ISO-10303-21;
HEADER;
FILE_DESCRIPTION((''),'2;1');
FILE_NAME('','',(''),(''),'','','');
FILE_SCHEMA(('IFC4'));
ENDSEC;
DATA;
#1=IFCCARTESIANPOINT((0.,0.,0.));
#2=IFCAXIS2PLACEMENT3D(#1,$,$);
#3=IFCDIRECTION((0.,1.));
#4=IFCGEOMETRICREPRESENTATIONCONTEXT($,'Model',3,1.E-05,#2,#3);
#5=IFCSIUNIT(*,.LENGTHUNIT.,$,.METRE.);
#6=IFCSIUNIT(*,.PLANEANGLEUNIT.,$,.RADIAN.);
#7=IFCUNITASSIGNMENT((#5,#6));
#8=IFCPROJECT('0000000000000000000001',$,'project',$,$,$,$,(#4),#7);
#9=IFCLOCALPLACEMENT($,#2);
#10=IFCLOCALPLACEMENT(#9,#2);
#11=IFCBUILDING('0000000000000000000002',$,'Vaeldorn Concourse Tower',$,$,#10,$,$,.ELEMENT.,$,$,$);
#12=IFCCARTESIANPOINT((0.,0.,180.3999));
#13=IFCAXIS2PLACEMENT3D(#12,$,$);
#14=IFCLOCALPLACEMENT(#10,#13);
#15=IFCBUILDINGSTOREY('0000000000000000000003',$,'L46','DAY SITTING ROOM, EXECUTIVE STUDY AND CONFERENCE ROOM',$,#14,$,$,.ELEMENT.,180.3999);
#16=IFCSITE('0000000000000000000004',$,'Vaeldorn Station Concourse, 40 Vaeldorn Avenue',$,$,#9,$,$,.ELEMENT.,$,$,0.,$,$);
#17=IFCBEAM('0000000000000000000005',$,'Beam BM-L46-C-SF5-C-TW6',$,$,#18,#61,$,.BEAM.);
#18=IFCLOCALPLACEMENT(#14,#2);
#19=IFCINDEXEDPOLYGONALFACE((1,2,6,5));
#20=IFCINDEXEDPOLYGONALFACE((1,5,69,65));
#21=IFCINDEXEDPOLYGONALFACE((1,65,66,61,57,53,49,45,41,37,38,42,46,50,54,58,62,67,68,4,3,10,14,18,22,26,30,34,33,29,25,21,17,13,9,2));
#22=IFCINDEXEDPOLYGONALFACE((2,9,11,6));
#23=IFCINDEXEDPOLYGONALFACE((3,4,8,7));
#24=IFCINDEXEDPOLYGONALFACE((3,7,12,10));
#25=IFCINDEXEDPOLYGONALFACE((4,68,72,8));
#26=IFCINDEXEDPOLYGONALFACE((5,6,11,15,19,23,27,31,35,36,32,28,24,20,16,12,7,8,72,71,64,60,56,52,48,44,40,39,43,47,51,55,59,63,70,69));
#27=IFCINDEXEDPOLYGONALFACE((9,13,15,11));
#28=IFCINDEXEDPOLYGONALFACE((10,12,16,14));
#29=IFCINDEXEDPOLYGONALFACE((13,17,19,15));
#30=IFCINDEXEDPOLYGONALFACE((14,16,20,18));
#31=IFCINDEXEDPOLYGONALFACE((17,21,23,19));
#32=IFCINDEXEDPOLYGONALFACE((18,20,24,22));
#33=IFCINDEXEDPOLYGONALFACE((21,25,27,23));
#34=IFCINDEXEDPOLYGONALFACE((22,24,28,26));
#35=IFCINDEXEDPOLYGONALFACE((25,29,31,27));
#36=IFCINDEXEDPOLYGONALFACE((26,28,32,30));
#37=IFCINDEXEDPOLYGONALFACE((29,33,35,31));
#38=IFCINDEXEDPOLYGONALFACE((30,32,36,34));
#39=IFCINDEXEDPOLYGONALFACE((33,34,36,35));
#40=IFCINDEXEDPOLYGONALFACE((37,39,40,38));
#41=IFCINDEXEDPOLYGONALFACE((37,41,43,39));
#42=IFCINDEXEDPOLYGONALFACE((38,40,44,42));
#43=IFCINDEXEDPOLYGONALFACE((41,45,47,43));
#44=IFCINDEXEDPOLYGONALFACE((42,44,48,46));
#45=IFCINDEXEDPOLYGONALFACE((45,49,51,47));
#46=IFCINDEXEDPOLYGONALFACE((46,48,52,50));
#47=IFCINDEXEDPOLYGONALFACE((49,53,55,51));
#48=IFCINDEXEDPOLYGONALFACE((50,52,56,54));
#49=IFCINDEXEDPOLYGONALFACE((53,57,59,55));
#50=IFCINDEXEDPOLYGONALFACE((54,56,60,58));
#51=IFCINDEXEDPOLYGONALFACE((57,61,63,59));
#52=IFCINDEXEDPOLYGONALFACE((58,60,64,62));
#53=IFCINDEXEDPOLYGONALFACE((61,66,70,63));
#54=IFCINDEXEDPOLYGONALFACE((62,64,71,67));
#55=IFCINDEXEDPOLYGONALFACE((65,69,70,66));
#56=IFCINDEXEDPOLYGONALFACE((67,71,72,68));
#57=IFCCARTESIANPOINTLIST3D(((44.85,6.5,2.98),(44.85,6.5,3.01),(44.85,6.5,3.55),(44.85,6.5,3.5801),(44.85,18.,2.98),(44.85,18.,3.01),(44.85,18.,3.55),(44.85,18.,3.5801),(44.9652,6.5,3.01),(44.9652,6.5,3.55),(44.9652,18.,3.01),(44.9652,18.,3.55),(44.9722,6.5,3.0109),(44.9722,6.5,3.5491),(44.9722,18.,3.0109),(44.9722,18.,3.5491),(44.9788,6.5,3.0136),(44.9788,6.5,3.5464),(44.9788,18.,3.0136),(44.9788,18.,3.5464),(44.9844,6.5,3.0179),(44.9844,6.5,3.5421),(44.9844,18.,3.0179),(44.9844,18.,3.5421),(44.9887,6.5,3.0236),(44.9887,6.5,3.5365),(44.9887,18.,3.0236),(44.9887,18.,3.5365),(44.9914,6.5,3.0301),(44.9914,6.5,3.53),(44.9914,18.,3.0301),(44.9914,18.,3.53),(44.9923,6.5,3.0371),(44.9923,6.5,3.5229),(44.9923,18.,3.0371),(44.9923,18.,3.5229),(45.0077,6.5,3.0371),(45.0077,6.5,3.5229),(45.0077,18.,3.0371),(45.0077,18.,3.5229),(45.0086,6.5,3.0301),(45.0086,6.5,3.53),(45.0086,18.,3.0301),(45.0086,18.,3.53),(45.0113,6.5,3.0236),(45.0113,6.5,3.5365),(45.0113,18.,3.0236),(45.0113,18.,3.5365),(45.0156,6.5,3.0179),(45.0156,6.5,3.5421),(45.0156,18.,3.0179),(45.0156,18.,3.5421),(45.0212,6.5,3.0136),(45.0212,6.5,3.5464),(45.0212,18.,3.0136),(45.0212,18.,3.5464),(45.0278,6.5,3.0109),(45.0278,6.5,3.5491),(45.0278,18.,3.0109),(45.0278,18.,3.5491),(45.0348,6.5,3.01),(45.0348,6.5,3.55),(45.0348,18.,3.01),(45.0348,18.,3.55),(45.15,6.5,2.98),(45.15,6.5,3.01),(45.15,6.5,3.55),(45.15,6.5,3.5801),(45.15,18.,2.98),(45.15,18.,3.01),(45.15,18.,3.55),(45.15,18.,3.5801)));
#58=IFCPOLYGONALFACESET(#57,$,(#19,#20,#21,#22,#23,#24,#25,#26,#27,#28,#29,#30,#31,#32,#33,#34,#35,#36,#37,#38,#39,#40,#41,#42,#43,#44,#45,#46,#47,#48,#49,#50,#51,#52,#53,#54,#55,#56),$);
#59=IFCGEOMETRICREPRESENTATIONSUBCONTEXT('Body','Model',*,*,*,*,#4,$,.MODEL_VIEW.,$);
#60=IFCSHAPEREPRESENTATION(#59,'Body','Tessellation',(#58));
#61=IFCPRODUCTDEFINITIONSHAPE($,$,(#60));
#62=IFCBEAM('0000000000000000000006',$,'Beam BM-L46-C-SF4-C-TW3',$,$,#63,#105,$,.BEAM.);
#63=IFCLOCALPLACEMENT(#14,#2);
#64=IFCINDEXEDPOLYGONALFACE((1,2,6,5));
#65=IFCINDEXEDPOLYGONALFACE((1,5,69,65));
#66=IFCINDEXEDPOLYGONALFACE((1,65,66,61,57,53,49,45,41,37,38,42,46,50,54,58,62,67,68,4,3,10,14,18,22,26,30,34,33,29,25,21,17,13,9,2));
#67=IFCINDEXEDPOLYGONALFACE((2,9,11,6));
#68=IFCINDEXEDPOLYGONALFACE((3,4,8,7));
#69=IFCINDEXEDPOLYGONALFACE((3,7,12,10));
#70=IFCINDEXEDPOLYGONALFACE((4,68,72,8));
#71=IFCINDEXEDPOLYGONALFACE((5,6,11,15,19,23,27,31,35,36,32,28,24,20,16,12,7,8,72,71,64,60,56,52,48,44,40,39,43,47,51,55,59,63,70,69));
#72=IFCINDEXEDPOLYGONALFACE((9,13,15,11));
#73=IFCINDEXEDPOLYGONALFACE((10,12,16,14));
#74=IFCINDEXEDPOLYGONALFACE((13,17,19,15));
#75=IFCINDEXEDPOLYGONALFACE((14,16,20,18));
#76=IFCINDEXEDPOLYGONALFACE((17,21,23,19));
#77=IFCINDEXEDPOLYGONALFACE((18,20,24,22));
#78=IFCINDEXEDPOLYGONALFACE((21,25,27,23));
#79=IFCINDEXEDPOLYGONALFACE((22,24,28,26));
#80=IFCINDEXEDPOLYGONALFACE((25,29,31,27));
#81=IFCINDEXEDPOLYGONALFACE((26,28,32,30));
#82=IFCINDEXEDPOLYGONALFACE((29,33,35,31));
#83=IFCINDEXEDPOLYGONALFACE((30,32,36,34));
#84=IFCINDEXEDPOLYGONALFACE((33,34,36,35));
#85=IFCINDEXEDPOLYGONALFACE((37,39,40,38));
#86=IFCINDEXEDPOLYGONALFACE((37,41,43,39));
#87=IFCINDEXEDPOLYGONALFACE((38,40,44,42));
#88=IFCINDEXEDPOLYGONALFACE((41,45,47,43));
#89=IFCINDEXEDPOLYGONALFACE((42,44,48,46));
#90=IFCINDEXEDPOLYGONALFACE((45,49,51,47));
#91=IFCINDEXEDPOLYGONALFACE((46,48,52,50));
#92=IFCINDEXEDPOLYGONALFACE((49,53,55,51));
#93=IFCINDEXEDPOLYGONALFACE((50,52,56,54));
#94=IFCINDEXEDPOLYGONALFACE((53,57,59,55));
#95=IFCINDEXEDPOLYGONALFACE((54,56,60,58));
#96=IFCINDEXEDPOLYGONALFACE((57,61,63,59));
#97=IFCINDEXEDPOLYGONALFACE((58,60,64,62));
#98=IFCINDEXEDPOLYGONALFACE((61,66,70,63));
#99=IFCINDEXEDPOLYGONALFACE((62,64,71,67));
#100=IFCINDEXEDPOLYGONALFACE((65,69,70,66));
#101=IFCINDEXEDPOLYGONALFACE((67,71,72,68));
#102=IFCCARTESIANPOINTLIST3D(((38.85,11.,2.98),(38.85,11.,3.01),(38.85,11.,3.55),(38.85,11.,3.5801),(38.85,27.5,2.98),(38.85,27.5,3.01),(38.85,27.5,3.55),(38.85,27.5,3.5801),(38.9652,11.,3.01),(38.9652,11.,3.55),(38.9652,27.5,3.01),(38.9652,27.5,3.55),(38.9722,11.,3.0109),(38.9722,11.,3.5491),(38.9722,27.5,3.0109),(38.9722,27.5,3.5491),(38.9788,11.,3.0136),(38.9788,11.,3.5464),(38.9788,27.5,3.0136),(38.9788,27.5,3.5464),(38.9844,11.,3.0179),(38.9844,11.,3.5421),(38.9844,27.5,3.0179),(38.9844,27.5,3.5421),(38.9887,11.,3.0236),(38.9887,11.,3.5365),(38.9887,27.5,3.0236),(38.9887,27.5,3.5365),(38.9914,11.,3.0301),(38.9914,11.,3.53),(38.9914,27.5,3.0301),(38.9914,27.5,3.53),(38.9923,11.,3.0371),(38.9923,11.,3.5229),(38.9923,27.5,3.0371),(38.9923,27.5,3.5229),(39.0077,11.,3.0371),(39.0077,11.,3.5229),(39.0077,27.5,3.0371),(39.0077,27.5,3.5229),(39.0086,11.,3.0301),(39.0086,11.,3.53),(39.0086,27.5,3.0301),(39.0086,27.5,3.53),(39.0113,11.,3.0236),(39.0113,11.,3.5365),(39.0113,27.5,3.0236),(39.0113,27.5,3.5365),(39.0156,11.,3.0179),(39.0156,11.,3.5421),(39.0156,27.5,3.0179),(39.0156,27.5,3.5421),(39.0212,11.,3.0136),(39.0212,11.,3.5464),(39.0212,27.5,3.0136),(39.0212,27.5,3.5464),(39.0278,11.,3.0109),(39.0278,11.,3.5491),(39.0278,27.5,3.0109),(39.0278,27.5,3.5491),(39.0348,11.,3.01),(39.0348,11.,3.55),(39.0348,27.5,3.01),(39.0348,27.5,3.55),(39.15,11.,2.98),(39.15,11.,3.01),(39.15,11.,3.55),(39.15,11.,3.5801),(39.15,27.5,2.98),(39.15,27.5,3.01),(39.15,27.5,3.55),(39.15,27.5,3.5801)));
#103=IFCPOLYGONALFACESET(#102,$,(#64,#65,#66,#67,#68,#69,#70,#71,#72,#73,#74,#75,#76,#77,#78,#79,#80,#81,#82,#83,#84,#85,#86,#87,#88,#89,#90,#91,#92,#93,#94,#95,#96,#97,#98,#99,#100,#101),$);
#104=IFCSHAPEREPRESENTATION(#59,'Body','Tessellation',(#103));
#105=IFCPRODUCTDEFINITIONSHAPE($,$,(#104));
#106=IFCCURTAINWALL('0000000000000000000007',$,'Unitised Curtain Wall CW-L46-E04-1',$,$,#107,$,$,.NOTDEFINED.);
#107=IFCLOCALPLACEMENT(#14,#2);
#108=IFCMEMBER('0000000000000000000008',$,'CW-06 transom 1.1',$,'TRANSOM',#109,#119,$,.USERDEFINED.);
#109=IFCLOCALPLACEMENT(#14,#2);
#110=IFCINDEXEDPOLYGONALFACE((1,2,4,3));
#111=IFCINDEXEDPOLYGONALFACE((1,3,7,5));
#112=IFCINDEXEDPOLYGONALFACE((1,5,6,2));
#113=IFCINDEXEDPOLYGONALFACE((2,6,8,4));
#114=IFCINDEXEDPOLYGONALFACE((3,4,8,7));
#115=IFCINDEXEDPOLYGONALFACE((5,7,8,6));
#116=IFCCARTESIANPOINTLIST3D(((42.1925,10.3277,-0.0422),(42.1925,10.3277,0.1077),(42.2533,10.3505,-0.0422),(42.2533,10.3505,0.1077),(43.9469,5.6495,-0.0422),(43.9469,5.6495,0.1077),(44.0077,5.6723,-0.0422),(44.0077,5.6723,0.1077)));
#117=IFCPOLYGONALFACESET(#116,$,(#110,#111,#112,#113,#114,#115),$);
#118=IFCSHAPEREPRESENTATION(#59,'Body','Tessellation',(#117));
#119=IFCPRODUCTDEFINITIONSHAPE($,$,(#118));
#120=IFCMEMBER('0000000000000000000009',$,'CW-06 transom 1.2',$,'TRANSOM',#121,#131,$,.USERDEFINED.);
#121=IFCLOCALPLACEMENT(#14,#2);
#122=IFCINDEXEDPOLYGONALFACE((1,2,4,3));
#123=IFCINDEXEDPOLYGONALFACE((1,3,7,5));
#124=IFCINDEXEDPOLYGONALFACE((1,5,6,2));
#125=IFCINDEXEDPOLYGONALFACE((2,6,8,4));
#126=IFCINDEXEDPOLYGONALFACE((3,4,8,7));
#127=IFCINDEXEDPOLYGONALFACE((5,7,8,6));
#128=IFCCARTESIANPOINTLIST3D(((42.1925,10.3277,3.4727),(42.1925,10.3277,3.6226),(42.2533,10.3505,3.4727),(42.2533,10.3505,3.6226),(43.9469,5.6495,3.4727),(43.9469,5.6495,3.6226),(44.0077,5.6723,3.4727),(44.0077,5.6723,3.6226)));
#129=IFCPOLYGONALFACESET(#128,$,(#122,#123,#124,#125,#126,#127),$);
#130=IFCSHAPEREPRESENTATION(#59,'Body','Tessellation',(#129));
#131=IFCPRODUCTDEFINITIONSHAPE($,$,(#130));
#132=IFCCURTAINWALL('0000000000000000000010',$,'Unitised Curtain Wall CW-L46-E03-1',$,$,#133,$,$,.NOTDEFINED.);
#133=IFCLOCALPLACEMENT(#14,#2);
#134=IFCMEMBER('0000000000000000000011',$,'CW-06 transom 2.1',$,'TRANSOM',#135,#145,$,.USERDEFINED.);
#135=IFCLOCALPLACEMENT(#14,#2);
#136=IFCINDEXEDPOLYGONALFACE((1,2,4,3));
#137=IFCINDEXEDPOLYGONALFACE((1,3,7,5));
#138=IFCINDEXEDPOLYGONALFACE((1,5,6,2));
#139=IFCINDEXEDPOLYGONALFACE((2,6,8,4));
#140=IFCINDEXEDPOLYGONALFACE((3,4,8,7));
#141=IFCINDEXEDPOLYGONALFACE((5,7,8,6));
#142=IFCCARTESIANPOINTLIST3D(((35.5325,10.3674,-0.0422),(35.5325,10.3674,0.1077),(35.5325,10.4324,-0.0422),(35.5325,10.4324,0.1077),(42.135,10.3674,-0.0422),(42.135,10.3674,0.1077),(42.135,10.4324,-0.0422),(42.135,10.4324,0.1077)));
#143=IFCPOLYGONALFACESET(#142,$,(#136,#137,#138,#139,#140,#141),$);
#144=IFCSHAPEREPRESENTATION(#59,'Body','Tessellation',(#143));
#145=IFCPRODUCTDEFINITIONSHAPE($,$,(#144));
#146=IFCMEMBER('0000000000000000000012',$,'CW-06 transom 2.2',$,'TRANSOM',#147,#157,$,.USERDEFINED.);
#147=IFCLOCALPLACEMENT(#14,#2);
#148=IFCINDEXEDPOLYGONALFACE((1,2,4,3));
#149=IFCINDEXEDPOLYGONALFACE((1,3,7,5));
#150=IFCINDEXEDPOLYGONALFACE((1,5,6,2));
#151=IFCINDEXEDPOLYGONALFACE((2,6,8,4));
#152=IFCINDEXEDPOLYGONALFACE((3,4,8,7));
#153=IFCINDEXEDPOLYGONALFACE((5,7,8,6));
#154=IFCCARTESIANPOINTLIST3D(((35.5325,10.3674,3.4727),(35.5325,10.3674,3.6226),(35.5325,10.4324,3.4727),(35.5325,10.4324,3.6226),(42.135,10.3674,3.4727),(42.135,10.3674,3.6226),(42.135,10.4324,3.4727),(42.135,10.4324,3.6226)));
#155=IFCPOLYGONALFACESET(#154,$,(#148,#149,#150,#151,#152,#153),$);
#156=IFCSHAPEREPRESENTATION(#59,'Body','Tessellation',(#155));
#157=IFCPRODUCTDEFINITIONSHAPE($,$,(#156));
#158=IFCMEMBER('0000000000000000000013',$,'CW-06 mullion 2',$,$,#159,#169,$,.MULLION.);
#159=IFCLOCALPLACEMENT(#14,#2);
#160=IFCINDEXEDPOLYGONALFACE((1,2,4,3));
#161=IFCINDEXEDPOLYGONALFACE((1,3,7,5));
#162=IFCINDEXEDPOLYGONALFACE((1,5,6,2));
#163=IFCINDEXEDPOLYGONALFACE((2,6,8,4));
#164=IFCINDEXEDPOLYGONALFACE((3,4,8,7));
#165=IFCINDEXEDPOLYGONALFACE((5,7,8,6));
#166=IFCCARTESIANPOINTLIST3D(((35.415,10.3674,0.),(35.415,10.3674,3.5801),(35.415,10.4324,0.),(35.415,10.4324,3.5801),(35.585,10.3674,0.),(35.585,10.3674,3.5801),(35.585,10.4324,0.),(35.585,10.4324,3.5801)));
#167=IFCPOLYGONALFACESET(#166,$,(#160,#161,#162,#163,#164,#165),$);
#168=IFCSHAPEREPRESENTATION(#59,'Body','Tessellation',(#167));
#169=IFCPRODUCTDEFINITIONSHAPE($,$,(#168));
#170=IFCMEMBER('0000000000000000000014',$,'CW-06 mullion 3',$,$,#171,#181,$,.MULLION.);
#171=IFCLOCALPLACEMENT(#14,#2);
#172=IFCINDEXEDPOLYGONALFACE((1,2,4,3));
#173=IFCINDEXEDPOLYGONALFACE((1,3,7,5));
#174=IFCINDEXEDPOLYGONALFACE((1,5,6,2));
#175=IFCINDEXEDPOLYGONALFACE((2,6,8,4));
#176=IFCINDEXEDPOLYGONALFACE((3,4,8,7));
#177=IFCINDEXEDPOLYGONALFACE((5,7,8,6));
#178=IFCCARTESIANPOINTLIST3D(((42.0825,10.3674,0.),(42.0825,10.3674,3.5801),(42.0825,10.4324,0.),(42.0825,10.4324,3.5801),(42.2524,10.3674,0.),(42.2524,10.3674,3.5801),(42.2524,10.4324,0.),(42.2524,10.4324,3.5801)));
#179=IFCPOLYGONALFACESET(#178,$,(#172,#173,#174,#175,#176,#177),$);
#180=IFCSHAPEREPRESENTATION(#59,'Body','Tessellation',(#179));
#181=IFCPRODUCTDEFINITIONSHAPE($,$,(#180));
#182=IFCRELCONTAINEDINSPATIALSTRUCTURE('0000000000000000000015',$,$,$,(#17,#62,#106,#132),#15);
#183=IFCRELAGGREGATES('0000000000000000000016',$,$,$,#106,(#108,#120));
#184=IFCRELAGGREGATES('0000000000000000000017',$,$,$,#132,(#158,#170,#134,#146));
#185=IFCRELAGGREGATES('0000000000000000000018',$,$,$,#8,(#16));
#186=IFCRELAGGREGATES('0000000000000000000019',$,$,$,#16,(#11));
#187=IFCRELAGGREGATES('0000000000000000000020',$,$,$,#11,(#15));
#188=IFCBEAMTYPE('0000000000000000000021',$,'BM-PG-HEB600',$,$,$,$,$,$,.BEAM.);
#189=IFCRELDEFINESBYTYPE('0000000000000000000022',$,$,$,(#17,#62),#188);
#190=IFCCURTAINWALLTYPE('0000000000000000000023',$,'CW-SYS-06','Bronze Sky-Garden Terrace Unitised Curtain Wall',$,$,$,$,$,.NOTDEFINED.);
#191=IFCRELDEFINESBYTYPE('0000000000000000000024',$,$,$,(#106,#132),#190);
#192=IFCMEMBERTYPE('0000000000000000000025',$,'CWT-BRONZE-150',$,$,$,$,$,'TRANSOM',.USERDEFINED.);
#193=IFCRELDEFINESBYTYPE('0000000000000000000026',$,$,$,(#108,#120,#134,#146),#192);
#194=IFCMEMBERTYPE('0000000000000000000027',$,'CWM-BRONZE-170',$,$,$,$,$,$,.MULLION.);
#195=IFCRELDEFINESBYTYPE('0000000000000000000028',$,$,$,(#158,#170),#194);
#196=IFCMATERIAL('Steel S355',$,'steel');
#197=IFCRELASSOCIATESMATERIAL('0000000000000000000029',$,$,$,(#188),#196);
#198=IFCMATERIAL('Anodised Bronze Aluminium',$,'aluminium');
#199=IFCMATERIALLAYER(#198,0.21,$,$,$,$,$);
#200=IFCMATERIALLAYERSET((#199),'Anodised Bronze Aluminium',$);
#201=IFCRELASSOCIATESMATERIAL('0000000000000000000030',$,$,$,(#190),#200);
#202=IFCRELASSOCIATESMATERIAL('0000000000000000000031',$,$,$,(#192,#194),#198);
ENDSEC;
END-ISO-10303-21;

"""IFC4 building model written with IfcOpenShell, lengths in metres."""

from ifc_helpers import new_model, si_unit, direction, frame, origin, origin_2d, place, context, subcontext, project, spatial, rectangle, i_section, extrude, source, transform, mapped, material, layer, layer_set, material_profile, profile_set, type_object, element, aggregate, save


model = new_model("IFC4")

# Units and contexts
model_context = context("Model", 3, precision=1e-05, world=origin(), true_north=direction((0.0, 1.0)))
body_context = subcontext(model_context, "Body", "Model", "MODEL_VIEW")
ifc_project = project(units=[si_unit("LENGTHUNIT", "METRE"), si_unit("PLANEANGLEUNIT", "RADIAN")], contexts=[model_context])

# Site, building, storey
site_placement = place(None, origin())
site = spatial("IfcSite", under=ifc_project, at=site_placement, Name="Vaeldorn Station Concourse, 40 Vaeldorn Avenue", CompositionType="ELEMENT", RefElevation=0.0)
building_placement = place(site_placement, origin())
building = spatial("IfcBuilding", under=site, at=building_placement, Name="Vaeldorn Concourse Tower", CompositionType="ELEMENT")
storey_placement = place(building_placement, frame((0.0, 0.0, 180.3999)))
storey = spatial("IfcBuildingStorey", under=building, at=storey_placement, Name="L46", Description="DAY SITTING ROOM, EXECUTIVE STUDY AND CONFERENCE ROOM", CompositionType="ELEMENT", Elevation=180.3999)

# Shared definitions
ifc_material_1 = material(Name="Steel S355", Category="steel")

# Beams
ifc_material_profile_1 = material_profile(ifc_material_1, i_section(OverallWidth=0.3, OverallDepth=0.6001, WebThickness=0.0154, FlangeThickness=0.03, FilletRadius=0.0271, at=origin_2d()), Name="HEB 600")
ifc_profile_set_1 = profile_set([ifc_material_profile_1], Name="Steel S355")
beam_type_1 = type_object("IfcBeamType", Name="BM-PG-HEB600", PredefinedType="BEAM", material=ifc_profile_set_1)
shared_shape_1 = source(origin(), body_context, "Body", "SweptSolid", [
    extrude(i_section(OverallWidth=0.3, OverallDepth=0.6001, WebThickness=0.0154, FlangeThickness=0.03, FilletRadius=0.0271, at=origin_2d()), origin(), (0.0, 0.0, 1.0), 11.5),
])
beam_1_placement = place(storey_placement, frame((45.0, 6.5, 3.28), z_axis=(0.0, 1.0, 0.0), x_axis=(-1.0, 0.0, 0.0)))
element("IfcBeam", 1, at=beam_1_placement, inside=storey, type_object=beam_type_1, Name="Beam BM-L46-C-SF5-C-TW6", PredefinedType="BEAM", context=body_context, shape_type="MappedRepresentation", body=[
    mapped(shared_shape_1, transform((0.0, 0.0, 0.0), scale=1.0)),
])
shared_shape_2 = source(origin(), body_context, "Body", "SweptSolid", [
    extrude(i_section(OverallWidth=0.3, OverallDepth=0.6001, WebThickness=0.0154, FlangeThickness=0.03, FilletRadius=0.0271, at=origin_2d()), origin(), (0.0, 0.0, 1.0), 16.5),
])
beam_2_placement = place(storey_placement, frame((39.0, 11.0, 3.28), z_axis=(0.0, 1.0, 0.0), x_axis=(-1.0, 0.0, 0.0)))
element("IfcBeam", 2, at=beam_2_placement, inside=storey, type_object=beam_type_1, Name="Beam BM-L46-C-SF4-C-TW3", PredefinedType="BEAM", context=body_context, shape_type="MappedRepresentation", body=[
    mapped(shared_shape_2, transform((0.0, 0.0, 0.0), scale=1.0)),
])

# Curtain walls, members
ifc_material_2 = material(Name="Anodised Bronze Aluminium", Category="aluminium")
ifc_layer_1 = layer(ifc_material_2, 0.21)
ifc_layer_set_1 = layer_set([ifc_layer_1], Name="Anodised Bronze Aluminium")
curtain_wall_type = type_object("IfcCurtainWallType", Name="CW-SYS-06", Description="Bronze Sky-Garden Terrace Unitised Curtain Wall", PredefinedType="NOTDEFINED", material=ifc_layer_set_1)
curtain_wall_1_placement = place(storey_placement, origin())
curtain_wall_1 = element("IfcCurtainWall", 3, at=curtain_wall_1_placement, inside=storey, type_object=curtain_wall_type, Name="Unitised Curtain Wall CW-L46-E04-1", PredefinedType="NOTDEFINED")
ifc_material_profile_2 = material_profile(ifc_material_2, rectangle(XDim=0.0649, YDim=0.1499, at=origin_2d()), Name="CWT 65x150")
ifc_profile_set_2 = profile_set([ifc_material_profile_2], Name="Anodised Bronze Aluminium")
member_type_1 = type_object("IfcMemberType", Name="CWT-BRONZE-150", ElementType="TRANSOM", PredefinedType="USERDEFINED", material=ifc_profile_set_2)
shared_shape_3 = source(origin(), body_context, "Body", "SweptSolid", [
    extrude(rectangle(XDim=0.0649, YDim=0.1499, at=origin_2d()), origin(), (0.0, 0.0, 1.0), 4.9963),
])
member_1_placement = place(storey_placement, frame((42.2229, 10.3391, 0.0327), z_axis=(0.351134, -0.936325, 0.0), x_axis=(0.936325, 0.351134, 0.0)))
member_1 = element("IfcMember", 4, at=member_1_placement, type_object=member_type_1, Name="CW-06 transom 1.1", ObjectType="TRANSOM", PredefinedType="USERDEFINED", context=body_context, shape_type="MappedRepresentation", body=[
    mapped(shared_shape_3, transform((0.0, 0.0, 0.0), scale=1.0)),
])
member_2_placement = place(storey_placement, frame((42.2229, 10.3391, 3.5476), z_axis=(0.351134, -0.936325, 0.0), x_axis=(0.936325, 0.351134, 0.0)))
member_2 = element("IfcMember", 5, at=member_2_placement, type_object=member_type_1, Name="CW-06 transom 1.2", ObjectType="TRANSOM", PredefinedType="USERDEFINED", context=body_context, shape_type="MappedRepresentation", body=[
    mapped(shared_shape_3, transform((0.0, 0.0, 0.0), scale=1.0)),
])
curtain_wall_2_placement = place(storey_placement, origin())
curtain_wall_2 = element("IfcCurtainWall", 6, at=curtain_wall_2_placement, inside=storey, type_object=curtain_wall_type, Name="Unitised Curtain Wall CW-L46-E03-1", PredefinedType="NOTDEFINED")
shared_shape_4 = source(origin(), body_context, "Body", "SweptSolid", [
    extrude(rectangle(XDim=0.0649, YDim=0.1499, at=origin_2d()), origin(), (0.0, 0.0, 1.0), 6.6025),
])
member_3_placement = place(storey_placement, frame((35.5325, 10.3999, 0.0327), z_axis=(1.0, 0.0, 0.0), x_axis=(0.0, 1.0, 0.0)))
member_3 = element("IfcMember", 7, at=member_3_placement, type_object=member_type_1, Name="CW-06 transom 2.1", ObjectType="TRANSOM", PredefinedType="USERDEFINED", context=body_context, shape_type="MappedRepresentation", body=[
    mapped(shared_shape_4, transform((0.0, 0.0, 0.0), scale=1.0)),
])
member_4_placement = place(storey_placement, frame((35.5325, 10.3999, 3.5476), z_axis=(1.0, 0.0, 0.0), x_axis=(0.0, 1.0, 0.0)))
member_4 = element("IfcMember", 8, at=member_4_placement, type_object=member_type_1, Name="CW-06 transom 2.2", ObjectType="TRANSOM", PredefinedType="USERDEFINED", context=body_context, shape_type="MappedRepresentation", body=[
    mapped(shared_shape_4, transform((0.0, 0.0, 0.0), scale=1.0)),
])
ifc_material_profile_3 = material_profile(ifc_material_2, rectangle(XDim=0.0649, YDim=0.1699, at=origin_2d()), Name="CWM 65x170")
ifc_profile_set_3 = profile_set([ifc_material_profile_3], Name="Anodised Bronze Aluminium")
member_type_2 = type_object("IfcMemberType", Name="CWM-BRONZE-170", PredefinedType="MULLION", material=ifc_profile_set_3)
shared_shape_5 = source(origin(), body_context, "Body", "SweptSolid", [
    extrude(rectangle(XDim=0.0649, YDim=0.1699, at=origin_2d()), origin(), (0.0, 0.0, 1.0), 3.5801),
])
member_5_placement = place(storey_placement, frame((35.5, 10.3999, 0.0), z_axis=(0.0, 0.0, 1.0), x_axis=(0.0, 1.0, 0.0)))
member_5 = element("IfcMember", 9, at=member_5_placement, type_object=member_type_2, Name="CW-06 mullion 2", PredefinedType="MULLION", context=body_context, shape_type="MappedRepresentation", body=[
    mapped(shared_shape_5, transform((0.0, 0.0, 0.0), scale=1.0)),
])
member_6_placement = place(storey_placement, frame((42.1675, 10.3999, 0.0), z_axis=(0.0, 0.0, 1.0), x_axis=(0.0, 1.0, 0.0)))
member_6 = element("IfcMember", 10, at=member_6_placement, type_object=member_type_2, Name="CW-06 mullion 3", PredefinedType="MULLION", context=body_context, shape_type="MappedRepresentation", body=[
    mapped(shared_shape_5, transform((0.0, 0.0, 0.0), scale=1.0)),
])

aggregate(curtain_wall_1, [member_1, member_2])
aggregate(curtain_wall_2, [member_5, member_6, member_3, member_4])

save(model, "model.ifc")
